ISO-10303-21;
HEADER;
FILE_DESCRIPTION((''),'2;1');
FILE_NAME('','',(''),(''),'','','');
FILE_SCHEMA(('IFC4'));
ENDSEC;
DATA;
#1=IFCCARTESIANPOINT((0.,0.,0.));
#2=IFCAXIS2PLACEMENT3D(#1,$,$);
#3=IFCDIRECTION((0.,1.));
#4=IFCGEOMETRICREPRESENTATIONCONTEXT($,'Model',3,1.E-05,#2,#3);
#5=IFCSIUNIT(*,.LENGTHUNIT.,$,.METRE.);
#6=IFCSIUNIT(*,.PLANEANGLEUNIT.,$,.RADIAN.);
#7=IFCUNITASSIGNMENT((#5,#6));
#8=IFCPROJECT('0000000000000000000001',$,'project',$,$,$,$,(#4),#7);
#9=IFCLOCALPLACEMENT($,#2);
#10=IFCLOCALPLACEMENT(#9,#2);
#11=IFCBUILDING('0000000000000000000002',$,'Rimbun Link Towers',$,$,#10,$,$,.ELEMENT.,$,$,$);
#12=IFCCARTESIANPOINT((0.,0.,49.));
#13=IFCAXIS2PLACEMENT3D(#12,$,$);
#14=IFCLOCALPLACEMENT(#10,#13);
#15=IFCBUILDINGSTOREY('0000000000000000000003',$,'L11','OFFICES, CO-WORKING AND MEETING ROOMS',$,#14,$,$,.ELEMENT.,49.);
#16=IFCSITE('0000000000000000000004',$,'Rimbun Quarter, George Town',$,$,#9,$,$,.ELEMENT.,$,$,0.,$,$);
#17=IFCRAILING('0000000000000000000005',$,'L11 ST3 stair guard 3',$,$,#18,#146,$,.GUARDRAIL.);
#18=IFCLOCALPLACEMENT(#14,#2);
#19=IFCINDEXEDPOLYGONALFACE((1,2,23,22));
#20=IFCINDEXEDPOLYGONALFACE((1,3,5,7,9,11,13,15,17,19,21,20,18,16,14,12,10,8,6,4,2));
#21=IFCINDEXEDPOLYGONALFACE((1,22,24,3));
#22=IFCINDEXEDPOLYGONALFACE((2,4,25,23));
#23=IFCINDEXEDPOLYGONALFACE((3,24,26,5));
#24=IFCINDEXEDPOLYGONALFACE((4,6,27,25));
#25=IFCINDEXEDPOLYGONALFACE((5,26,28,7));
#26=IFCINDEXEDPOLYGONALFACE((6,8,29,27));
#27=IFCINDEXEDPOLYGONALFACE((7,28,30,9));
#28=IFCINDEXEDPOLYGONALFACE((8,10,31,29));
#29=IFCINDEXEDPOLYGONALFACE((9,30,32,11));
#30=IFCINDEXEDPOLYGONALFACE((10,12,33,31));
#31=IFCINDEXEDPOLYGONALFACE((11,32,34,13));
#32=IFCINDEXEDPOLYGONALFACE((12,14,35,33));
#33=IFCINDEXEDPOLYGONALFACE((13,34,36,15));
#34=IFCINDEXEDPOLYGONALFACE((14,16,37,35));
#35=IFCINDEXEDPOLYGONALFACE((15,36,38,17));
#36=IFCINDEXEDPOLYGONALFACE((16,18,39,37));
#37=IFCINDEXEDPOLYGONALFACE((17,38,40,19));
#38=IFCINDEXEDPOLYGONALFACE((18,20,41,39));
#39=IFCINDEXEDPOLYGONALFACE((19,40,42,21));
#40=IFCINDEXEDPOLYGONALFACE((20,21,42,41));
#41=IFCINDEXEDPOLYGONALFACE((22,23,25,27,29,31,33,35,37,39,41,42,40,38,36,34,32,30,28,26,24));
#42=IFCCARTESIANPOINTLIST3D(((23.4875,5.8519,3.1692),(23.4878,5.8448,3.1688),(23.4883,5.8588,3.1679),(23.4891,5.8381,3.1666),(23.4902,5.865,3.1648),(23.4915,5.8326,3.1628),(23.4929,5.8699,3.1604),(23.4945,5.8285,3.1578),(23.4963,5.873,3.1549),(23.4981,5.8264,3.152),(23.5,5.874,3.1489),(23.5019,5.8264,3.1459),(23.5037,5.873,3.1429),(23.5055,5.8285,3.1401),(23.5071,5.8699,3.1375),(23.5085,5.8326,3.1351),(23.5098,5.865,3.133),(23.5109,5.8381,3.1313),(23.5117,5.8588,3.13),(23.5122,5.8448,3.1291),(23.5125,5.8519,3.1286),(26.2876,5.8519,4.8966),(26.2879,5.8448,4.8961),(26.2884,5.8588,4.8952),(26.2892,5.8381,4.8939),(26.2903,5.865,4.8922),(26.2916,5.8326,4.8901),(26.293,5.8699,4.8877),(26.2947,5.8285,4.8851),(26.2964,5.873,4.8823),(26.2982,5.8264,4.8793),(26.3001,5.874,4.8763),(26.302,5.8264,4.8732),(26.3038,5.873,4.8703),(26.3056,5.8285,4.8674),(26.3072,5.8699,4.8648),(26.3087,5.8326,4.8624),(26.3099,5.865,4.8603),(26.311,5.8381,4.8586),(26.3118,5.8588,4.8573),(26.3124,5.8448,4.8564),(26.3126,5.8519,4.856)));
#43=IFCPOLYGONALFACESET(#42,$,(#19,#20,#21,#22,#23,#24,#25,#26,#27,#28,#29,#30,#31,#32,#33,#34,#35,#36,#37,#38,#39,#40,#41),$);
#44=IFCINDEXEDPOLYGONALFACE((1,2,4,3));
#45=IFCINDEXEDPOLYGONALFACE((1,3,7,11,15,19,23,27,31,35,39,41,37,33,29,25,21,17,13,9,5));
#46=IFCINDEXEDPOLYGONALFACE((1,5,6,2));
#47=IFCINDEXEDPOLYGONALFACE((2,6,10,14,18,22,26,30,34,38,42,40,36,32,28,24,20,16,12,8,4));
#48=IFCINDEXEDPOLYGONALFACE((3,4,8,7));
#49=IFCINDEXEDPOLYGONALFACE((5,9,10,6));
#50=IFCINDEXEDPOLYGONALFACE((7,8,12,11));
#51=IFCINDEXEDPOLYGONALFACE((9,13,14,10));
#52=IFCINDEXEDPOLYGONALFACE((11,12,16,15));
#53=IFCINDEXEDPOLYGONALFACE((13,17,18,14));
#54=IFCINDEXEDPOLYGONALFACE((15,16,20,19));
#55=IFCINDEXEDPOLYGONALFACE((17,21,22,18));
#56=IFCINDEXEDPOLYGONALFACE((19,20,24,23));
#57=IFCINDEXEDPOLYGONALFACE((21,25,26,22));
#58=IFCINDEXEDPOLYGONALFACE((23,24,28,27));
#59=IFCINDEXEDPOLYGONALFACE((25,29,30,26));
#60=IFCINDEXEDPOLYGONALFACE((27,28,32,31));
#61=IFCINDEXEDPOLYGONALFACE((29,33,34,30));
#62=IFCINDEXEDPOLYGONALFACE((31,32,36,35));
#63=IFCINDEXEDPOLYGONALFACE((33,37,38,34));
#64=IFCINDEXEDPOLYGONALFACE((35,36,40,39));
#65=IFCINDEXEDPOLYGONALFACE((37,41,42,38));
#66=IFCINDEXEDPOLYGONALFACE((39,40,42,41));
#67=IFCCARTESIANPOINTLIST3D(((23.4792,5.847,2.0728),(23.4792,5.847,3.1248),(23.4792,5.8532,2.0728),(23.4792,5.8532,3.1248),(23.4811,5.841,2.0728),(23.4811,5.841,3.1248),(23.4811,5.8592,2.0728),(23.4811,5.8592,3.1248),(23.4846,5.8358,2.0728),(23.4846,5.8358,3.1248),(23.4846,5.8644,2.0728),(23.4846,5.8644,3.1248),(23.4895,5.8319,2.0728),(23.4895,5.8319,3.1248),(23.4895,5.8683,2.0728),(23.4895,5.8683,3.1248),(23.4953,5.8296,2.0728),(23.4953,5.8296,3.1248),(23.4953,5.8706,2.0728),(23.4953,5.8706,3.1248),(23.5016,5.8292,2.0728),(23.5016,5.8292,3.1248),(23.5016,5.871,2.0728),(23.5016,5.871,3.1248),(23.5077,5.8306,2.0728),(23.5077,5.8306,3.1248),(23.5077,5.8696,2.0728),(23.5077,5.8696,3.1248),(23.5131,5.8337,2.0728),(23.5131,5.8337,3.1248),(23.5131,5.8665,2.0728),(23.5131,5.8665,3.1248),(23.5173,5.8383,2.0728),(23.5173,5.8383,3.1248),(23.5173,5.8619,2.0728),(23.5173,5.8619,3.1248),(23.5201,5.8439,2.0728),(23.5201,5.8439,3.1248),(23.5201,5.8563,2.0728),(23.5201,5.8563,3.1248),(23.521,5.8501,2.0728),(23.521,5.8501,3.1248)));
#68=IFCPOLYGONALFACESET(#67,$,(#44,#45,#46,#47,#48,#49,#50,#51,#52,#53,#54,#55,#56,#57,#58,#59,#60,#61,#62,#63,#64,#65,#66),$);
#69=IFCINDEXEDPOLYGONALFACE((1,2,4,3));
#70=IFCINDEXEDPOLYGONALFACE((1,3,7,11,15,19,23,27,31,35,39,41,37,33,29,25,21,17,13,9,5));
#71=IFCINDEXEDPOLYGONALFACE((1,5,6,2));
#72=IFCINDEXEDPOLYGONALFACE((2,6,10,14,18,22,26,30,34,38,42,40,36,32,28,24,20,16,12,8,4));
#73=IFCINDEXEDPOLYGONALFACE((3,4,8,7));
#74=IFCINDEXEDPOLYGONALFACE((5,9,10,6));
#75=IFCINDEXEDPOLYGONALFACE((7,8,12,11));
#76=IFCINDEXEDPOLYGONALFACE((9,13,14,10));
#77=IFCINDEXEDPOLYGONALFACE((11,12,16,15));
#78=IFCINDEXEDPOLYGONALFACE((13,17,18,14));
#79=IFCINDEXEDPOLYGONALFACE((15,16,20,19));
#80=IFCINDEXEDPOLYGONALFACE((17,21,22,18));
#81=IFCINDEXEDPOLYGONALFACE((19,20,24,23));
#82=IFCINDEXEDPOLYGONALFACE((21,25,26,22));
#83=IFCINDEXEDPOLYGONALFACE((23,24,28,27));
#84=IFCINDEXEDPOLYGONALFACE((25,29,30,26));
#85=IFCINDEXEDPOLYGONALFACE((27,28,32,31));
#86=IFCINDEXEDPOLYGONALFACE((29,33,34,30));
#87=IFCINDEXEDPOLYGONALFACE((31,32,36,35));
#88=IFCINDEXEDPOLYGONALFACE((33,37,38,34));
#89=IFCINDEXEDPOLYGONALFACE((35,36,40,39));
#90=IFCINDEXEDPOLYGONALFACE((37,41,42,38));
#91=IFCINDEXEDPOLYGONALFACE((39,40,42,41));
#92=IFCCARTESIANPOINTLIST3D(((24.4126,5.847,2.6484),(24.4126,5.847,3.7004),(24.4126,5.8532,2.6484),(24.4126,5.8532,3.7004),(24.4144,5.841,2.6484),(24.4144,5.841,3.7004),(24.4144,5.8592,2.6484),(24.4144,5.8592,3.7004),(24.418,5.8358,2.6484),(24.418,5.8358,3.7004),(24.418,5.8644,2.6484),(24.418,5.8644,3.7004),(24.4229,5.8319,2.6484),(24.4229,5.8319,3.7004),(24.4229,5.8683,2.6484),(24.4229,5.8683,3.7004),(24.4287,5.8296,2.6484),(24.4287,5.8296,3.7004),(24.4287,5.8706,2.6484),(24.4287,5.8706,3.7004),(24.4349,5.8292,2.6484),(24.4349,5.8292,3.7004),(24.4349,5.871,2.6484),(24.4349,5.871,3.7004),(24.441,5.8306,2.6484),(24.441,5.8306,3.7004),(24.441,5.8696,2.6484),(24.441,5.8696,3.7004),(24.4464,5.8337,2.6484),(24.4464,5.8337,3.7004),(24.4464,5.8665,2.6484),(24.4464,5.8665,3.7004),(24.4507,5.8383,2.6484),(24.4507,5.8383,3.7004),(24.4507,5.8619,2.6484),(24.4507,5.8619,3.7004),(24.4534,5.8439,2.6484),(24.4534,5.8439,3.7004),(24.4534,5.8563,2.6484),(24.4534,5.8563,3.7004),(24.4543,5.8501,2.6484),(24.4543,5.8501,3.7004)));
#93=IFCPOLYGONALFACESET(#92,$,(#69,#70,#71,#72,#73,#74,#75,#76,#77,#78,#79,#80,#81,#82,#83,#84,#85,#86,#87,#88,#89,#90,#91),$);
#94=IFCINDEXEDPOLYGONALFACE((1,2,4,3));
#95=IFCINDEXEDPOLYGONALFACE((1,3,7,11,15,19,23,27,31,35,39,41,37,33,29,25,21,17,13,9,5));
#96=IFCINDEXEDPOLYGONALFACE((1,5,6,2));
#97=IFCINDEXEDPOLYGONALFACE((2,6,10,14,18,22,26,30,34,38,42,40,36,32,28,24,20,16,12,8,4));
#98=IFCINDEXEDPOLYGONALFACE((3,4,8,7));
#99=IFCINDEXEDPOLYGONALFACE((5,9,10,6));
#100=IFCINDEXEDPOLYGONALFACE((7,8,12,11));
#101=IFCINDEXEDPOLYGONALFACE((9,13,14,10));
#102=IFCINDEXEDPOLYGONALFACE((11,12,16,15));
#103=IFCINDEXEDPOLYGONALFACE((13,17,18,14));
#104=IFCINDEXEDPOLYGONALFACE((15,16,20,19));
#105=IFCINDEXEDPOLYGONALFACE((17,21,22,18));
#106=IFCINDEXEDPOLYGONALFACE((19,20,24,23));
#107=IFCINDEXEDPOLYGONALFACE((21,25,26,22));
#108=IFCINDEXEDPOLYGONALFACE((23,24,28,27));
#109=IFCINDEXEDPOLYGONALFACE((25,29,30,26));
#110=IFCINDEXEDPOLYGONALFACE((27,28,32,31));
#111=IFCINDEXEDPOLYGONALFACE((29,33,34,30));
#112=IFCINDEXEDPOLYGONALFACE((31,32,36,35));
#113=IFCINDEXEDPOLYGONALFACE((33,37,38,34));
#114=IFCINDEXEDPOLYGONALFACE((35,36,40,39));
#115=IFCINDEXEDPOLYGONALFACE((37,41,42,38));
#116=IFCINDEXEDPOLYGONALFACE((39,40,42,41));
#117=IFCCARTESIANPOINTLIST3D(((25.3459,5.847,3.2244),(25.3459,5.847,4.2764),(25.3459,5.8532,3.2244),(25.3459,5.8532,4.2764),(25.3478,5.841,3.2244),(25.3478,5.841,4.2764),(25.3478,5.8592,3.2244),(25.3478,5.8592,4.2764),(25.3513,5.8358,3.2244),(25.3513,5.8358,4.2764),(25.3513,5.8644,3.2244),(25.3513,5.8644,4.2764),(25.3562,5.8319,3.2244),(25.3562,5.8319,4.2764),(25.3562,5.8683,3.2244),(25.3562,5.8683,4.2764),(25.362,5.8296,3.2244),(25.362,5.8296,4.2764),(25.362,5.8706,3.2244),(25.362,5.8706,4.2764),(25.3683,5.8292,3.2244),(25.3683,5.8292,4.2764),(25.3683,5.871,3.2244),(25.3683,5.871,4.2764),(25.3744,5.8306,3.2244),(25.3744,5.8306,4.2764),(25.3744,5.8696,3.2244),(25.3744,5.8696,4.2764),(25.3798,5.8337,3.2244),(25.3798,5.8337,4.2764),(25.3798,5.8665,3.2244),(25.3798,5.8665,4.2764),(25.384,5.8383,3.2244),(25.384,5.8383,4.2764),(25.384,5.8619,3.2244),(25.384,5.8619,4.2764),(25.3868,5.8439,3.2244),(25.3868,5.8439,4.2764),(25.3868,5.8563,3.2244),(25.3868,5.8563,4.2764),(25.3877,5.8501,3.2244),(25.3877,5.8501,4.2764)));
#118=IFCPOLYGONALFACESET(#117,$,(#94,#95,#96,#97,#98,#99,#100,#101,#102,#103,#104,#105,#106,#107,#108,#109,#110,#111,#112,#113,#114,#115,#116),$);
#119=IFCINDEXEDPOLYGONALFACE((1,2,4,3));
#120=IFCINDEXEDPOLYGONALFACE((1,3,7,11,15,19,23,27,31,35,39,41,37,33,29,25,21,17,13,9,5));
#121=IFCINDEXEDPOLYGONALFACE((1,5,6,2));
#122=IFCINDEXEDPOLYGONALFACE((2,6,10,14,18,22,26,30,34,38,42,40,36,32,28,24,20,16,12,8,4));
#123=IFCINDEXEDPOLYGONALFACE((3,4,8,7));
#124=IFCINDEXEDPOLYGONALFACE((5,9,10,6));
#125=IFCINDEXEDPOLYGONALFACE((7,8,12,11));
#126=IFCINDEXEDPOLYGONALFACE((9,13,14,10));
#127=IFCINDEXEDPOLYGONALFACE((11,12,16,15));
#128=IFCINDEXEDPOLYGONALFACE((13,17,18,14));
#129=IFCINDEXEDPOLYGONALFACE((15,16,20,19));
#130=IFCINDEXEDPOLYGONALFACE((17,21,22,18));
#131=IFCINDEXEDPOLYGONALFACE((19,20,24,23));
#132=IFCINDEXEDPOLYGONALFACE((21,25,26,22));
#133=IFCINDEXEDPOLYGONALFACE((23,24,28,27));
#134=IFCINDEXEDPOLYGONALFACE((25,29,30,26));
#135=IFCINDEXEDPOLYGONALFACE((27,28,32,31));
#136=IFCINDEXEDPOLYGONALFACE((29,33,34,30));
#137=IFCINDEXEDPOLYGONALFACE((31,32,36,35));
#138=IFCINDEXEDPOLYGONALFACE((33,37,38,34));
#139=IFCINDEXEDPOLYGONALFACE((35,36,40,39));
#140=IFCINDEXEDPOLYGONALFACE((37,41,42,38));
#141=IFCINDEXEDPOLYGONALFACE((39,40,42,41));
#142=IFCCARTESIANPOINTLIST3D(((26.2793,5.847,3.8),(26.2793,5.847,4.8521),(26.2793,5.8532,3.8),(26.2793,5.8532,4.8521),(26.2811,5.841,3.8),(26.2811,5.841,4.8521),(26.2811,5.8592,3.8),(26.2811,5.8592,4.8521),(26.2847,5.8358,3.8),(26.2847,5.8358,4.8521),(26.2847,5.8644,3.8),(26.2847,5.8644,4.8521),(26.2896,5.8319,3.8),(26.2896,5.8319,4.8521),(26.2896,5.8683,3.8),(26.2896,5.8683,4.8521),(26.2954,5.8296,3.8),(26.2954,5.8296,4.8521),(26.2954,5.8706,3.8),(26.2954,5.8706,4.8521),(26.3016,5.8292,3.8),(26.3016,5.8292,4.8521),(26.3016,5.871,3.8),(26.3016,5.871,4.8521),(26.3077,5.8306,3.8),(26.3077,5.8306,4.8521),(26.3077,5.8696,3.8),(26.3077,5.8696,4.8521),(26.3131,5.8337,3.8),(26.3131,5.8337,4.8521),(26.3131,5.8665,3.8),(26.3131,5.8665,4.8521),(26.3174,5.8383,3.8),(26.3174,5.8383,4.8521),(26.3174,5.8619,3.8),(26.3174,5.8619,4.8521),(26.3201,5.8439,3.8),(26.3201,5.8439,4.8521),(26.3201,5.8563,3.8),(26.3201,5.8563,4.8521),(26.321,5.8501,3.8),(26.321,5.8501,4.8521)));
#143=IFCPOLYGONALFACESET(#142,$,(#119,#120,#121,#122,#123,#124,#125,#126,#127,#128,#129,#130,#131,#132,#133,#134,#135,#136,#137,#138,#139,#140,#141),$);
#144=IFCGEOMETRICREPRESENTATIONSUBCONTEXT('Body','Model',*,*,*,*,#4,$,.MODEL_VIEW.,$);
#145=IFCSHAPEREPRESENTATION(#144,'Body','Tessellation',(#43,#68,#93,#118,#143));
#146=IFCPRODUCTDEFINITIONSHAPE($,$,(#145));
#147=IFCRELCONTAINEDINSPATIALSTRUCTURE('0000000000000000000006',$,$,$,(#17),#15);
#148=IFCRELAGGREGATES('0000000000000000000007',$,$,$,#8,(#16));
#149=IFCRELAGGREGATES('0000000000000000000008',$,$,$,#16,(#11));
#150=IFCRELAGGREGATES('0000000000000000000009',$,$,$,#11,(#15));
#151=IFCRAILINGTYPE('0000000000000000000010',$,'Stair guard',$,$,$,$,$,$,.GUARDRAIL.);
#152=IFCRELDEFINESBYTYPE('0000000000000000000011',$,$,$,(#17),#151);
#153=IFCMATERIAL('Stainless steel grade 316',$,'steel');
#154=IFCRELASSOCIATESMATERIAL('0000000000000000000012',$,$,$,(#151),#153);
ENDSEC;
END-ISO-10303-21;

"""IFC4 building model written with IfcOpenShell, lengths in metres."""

from ifc_helpers import new_model, si_unit, direction, frame, origin, origin_2d, place, context, subcontext, project, spatial, circle, extrude, material, type_object, element, save


model = new_model("IFC4")

# Units and contexts
model_context = context("Model", 3, precision=1e-05, world=origin(), true_north=direction((0.0, 1.0)))
body_context = subcontext(model_context, "Body", "Model", "MODEL_VIEW")
ifc_project = project(units=[si_unit("LENGTHUNIT", "METRE"), si_unit("PLANEANGLEUNIT", "RADIAN")], contexts=[model_context])

# Site, building, storey
site_placement = place(None, origin())
site = spatial("IfcSite", under=ifc_project, at=site_placement, Name="Rimbun Quarter, George Town", CompositionType="ELEMENT", RefElevation=0.0)
building_placement = place(site_placement, origin())
building = spatial("IfcBuilding", under=site, at=building_placement, Name="Rimbun Link Towers", CompositionType="ELEMENT")
storey_placement = place(building_placement, frame((0.0, 0.0, 49.0)))
storey = spatial("IfcBuildingStorey", under=building, at=storey_placement, Name="L11", Description="OFFICES, CO-WORKING AND MEETING ROOMS", CompositionType="ELEMENT", Elevation=49.0)

# Railing
ifc_material_1 = material(Name="Stainless steel grade 316", Category="steel")
railing_type_1 = type_object("IfcRailingType", Name="Stair guard", PredefinedType="GUARDRAIL", material=ifc_material_1)
railing_1_placement = place(storey_placement, frame((23.5, 5.8501, 2.0728)))
element("IfcRailing", 1, at=railing_1_placement, inside=storey, type_object=railing_type_1, Name="L11 ST3 stair guard 3", PredefinedType="GUARDRAIL", context=body_context, shape_type="SweptSolid", body=[
    extrude(circle(Radius=0.0239, at=origin_2d()), frame((0.0, 0.0, 1.0762), z_axis=(0.85109, 0.0, 0.52502), x_axis=(0.0, 1.0, 0.0)), (0.0, 0.0, 1.0), 3.29),
    extrude(circle(Radius=0.021, at=origin_2d()), origin(), (0.0, 0.0, 1.0), 1.052),
    extrude(circle(Radius=0.021, at=origin_2d()), frame((0.9333, 0.0, 0.5757)), (0.0, 0.0, 1.0), 1.052),
    extrude(circle(Radius=0.021, at=origin_2d()), frame((1.8667, 0.0, 1.1516)), (0.0, 0.0, 1.0), 1.052),
    extrude(circle(Radius=0.021, at=origin_2d()), frame((2.8, 0.0, 1.7273)), (0.0, 0.0, 1.0), 1.052),
])

save(model, "model.ifc")
